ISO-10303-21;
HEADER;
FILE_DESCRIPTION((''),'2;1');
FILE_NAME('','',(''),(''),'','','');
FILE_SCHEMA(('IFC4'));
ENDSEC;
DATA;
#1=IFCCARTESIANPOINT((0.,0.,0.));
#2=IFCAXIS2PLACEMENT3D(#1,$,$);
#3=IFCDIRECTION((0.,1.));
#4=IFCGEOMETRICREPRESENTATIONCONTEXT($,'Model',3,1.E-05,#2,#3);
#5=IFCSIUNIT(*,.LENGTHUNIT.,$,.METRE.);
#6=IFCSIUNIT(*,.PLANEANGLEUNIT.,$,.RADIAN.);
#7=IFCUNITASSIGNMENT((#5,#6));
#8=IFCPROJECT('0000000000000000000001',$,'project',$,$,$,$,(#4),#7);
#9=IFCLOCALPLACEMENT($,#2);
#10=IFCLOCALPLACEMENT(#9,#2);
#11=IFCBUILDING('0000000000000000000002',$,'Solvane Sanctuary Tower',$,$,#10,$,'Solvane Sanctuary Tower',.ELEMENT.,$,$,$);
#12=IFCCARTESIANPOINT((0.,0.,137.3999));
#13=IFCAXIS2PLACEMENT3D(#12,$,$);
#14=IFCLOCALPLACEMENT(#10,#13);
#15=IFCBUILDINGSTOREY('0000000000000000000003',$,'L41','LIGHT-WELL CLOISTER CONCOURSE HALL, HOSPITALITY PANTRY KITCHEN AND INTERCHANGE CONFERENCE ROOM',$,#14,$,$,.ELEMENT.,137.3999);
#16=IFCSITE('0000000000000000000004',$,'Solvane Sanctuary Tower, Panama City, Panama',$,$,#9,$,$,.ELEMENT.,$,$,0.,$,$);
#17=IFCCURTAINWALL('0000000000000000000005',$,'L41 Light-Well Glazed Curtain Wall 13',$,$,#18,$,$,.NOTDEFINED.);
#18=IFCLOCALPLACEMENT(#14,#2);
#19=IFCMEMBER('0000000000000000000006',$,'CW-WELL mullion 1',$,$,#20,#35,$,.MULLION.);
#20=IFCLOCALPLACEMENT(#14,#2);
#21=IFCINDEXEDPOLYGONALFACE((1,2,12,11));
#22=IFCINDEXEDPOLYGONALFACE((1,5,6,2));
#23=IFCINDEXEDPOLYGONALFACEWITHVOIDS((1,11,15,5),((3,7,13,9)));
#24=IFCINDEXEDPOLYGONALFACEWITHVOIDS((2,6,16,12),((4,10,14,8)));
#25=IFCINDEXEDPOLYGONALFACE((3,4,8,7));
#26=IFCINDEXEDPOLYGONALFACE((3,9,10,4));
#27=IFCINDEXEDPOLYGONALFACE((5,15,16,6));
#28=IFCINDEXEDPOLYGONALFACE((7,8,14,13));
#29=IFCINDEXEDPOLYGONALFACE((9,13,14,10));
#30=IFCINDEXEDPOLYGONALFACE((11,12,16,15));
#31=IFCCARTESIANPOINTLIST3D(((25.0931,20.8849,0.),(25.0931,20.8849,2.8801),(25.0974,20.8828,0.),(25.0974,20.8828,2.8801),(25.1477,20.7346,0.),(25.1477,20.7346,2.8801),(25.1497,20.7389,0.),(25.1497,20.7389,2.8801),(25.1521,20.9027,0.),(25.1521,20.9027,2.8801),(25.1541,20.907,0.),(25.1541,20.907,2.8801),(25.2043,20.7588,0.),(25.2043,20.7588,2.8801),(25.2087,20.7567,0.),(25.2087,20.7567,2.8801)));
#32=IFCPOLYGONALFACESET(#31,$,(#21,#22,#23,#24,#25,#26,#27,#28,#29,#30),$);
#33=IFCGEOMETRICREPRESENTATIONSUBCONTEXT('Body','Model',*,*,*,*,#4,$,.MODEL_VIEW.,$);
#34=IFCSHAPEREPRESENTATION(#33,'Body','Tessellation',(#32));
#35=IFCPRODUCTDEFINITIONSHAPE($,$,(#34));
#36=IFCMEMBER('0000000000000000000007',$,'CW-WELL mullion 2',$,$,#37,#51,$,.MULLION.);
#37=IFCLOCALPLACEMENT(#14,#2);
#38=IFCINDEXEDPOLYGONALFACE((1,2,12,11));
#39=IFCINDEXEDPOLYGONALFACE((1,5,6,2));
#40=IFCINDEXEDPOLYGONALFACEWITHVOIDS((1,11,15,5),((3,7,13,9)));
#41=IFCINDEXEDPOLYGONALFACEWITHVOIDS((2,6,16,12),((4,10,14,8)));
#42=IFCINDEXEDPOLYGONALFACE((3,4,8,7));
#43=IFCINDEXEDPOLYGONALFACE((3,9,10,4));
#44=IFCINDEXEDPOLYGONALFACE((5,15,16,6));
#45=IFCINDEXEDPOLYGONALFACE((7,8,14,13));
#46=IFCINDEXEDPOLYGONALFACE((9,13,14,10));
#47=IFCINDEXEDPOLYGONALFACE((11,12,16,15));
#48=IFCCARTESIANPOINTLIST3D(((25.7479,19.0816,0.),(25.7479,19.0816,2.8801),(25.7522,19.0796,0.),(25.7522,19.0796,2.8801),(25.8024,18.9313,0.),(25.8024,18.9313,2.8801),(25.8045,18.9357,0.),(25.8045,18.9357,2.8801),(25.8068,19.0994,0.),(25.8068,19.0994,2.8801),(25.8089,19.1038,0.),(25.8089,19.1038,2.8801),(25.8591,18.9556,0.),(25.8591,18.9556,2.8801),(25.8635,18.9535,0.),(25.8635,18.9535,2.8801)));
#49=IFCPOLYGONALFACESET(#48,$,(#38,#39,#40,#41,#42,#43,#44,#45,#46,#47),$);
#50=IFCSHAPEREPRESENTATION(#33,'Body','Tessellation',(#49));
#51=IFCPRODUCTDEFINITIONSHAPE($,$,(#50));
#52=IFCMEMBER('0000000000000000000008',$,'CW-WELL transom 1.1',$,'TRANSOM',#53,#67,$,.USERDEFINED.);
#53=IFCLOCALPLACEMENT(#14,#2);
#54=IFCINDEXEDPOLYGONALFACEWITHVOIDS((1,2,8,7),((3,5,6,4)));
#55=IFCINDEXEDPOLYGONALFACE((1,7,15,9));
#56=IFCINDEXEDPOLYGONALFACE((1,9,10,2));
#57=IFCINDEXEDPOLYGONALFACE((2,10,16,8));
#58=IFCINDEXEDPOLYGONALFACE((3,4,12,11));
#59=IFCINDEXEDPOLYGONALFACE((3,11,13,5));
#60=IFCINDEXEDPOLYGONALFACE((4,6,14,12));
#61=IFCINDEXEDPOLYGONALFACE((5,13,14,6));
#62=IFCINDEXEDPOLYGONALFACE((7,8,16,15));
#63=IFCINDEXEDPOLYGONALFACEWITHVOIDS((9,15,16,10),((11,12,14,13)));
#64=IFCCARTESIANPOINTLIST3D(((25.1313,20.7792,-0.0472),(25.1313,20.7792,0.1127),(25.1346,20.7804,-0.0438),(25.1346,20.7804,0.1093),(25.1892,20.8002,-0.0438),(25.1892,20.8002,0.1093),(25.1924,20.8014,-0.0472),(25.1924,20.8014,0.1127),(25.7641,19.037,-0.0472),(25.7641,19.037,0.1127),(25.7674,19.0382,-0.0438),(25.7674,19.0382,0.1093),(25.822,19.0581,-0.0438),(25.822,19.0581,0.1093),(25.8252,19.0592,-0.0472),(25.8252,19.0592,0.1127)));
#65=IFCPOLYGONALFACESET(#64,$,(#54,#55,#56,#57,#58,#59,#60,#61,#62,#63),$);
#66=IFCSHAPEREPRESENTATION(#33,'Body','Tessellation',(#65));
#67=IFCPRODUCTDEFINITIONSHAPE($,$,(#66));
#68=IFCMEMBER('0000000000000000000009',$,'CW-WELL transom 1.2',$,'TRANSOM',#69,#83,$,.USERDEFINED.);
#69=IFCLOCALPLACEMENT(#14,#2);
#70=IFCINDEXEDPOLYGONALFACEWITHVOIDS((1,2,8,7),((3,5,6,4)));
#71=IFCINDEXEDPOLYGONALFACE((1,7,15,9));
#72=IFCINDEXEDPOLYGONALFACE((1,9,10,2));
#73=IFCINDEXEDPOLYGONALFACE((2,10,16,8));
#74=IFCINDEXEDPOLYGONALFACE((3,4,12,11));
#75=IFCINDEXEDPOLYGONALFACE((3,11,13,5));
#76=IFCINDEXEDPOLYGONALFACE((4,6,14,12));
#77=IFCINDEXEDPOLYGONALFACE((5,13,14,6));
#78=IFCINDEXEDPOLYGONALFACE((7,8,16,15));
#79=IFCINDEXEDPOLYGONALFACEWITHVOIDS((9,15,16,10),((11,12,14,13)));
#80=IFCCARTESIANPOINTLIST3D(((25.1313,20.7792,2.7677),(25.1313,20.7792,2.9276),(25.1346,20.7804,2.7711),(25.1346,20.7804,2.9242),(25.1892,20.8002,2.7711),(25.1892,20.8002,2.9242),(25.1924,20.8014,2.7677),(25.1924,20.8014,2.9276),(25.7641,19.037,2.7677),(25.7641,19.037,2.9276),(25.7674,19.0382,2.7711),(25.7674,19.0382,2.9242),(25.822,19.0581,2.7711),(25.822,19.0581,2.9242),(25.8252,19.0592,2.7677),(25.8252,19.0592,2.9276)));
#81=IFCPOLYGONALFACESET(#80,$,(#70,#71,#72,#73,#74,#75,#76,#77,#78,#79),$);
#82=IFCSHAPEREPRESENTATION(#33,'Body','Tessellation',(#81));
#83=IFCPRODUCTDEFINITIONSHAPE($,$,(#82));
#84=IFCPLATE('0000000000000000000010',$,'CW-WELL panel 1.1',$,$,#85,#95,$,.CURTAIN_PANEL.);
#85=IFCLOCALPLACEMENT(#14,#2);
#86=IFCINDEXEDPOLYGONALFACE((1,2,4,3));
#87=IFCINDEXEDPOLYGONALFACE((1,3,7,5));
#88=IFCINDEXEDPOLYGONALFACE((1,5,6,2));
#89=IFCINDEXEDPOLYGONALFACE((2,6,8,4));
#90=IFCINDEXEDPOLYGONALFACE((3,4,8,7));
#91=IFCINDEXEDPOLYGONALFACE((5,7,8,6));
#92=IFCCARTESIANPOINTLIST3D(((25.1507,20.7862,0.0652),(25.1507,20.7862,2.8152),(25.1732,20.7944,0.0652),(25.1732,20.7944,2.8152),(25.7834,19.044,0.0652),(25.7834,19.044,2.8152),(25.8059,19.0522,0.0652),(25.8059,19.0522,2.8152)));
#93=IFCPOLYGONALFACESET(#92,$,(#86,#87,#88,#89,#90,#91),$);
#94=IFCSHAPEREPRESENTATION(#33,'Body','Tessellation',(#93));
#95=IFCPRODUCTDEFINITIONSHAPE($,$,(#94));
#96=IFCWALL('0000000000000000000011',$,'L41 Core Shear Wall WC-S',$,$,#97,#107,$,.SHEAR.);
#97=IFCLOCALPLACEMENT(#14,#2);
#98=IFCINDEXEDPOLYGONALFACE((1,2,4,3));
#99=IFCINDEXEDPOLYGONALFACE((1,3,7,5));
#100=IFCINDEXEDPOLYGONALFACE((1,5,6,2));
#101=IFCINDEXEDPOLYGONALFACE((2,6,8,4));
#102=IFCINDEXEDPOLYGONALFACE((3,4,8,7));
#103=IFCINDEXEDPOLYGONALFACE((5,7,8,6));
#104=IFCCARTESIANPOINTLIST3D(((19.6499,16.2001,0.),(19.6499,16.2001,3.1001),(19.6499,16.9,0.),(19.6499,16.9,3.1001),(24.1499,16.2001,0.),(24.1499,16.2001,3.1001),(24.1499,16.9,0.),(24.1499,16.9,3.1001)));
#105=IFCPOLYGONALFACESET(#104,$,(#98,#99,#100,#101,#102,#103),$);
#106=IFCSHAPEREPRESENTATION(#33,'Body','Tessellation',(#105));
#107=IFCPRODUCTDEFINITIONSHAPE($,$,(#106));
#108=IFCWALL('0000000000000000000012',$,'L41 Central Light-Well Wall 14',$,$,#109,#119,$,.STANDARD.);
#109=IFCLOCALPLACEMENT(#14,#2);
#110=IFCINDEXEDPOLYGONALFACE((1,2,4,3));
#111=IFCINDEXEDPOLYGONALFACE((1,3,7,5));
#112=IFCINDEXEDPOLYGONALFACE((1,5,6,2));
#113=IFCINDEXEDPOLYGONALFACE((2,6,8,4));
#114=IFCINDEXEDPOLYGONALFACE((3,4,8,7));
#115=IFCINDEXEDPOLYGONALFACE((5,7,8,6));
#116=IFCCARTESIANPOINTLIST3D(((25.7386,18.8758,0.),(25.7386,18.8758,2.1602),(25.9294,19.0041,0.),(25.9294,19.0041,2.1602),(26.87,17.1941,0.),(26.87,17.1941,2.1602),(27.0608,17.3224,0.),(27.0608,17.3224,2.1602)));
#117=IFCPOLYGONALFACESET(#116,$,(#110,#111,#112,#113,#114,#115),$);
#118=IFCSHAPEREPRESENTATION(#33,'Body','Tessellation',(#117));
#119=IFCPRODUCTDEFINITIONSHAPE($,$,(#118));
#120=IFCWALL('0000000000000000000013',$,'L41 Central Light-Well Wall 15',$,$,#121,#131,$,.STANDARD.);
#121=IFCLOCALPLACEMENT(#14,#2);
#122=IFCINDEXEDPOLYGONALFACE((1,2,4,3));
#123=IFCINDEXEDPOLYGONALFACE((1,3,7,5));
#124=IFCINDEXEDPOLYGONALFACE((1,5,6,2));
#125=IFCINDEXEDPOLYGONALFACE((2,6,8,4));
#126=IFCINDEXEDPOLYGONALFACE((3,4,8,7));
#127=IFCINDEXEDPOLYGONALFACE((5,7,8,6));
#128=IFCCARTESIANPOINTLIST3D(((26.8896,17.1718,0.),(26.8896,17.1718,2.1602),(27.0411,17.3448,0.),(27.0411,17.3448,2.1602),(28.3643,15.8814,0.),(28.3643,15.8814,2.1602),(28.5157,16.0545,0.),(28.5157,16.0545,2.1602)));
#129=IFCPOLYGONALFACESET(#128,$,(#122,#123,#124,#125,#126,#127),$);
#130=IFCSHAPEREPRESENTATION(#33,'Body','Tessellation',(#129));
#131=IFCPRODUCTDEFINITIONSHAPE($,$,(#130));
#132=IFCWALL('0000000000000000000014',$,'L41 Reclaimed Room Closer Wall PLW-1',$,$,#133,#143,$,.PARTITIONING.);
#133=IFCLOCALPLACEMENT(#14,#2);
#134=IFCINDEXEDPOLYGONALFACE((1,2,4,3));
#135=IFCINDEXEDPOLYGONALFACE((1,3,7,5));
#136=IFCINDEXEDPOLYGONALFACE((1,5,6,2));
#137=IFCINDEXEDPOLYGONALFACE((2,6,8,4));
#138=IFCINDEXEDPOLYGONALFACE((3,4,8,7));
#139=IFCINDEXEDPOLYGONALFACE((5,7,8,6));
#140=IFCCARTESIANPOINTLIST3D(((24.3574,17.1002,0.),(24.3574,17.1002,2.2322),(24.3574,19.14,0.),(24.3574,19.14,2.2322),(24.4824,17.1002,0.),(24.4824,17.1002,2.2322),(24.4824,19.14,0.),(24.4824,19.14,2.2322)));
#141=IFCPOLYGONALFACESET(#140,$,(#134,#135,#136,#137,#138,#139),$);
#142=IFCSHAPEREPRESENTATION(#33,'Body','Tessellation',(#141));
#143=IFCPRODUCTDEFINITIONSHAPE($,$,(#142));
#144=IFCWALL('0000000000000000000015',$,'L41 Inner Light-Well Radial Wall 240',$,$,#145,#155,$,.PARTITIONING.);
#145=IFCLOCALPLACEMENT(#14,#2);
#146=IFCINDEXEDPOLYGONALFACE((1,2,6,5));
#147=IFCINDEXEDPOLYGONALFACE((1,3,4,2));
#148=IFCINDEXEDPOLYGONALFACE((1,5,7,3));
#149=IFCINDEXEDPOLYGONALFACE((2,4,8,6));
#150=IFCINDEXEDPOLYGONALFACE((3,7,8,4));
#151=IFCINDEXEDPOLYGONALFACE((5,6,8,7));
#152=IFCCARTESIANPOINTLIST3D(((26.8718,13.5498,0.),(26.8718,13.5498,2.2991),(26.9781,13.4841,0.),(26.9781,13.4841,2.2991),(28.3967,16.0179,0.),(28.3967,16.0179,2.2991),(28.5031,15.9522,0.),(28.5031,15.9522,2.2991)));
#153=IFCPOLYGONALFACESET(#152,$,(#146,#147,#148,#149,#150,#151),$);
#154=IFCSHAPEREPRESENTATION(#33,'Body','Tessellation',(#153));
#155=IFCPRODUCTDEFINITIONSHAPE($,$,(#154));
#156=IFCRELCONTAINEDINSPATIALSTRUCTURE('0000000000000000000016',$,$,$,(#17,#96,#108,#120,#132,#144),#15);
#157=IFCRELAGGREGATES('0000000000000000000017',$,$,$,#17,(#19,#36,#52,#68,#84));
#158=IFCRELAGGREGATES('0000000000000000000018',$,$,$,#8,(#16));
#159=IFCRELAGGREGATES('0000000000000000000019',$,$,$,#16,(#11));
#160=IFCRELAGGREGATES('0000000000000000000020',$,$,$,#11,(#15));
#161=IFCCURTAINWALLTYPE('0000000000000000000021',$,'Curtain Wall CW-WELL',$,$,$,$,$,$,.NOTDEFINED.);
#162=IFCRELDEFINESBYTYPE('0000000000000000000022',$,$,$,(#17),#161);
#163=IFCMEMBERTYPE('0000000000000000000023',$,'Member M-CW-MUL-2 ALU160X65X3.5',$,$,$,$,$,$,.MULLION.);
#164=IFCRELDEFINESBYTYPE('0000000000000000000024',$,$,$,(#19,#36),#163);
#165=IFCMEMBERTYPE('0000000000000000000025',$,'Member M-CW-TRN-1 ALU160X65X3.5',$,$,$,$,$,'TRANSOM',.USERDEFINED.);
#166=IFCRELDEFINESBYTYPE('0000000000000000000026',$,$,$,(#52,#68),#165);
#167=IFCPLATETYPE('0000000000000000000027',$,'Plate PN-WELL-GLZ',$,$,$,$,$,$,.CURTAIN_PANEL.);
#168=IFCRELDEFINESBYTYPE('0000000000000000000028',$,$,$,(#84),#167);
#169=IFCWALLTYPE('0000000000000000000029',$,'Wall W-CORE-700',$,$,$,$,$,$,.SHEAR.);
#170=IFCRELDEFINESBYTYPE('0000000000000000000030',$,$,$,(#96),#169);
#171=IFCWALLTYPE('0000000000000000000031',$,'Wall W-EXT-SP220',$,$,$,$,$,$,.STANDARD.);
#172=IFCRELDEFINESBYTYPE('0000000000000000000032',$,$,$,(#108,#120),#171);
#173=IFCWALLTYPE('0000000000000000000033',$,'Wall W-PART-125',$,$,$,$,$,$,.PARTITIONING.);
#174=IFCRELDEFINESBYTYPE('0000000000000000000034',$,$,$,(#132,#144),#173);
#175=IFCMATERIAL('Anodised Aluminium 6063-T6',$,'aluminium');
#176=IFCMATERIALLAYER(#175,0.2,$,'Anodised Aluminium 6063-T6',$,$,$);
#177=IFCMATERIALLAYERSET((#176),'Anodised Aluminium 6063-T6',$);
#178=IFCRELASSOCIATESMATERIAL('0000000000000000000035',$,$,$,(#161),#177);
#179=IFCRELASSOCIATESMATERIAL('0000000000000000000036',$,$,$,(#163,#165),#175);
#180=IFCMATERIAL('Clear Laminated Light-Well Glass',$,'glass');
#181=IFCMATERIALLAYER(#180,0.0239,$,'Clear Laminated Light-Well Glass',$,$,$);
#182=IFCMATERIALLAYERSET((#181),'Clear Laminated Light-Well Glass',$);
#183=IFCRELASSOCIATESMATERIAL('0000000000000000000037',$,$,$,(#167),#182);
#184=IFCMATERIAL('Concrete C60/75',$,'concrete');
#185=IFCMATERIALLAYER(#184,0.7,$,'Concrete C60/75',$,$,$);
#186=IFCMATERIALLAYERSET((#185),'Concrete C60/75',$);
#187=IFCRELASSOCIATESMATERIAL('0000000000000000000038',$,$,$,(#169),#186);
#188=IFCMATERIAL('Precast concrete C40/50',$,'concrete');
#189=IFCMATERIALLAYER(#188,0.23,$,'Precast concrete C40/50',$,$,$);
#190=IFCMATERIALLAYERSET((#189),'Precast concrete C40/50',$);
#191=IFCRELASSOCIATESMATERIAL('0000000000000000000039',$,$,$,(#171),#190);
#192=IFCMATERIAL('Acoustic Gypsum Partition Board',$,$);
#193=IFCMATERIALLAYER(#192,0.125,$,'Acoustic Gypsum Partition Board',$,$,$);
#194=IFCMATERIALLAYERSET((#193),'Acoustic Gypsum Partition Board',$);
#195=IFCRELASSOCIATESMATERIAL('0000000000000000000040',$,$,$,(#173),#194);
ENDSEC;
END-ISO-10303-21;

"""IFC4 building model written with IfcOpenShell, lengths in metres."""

from ifc_helpers import new_model, si_unit, direction, frame, frame_2d, origin, origin_2d, place, context, subcontext, project, spatial, rectangle, hollow_rectangle, extrude, material, layer, layer_set, material_profile, profile_set, type_object, element, aggregate, save


model = new_model("IFC4")

# Units and contexts
model_context = context("Model", 3, precision=1e-05, world=origin(), true_north=direction((0.0, 1.0)))
body_context = subcontext(model_context, "Body", "Model", "MODEL_VIEW")
ifc_project = project(units=[si_unit("LENGTHUNIT", "METRE"), si_unit("PLANEANGLEUNIT", "RADIAN")], contexts=[model_context])

# Site, building, storey
site_placement = place(None, origin())
site = spatial("IfcSite", under=ifc_project, at=site_placement, Name="Solvane Sanctuary Tower, Panama City, Panama", CompositionType="ELEMENT", RefElevation=0.0)
building_placement = place(site_placement, origin())
building = spatial("IfcBuilding", under=site, at=building_placement, Name="Solvane Sanctuary Tower", LongName="Solvane Sanctuary Tower", CompositionType="ELEMENT")
storey_placement = place(building_placement, frame((0.0, 0.0, 137.3999)))
storey = spatial("IfcBuildingStorey", under=building, at=storey_placement, Name="L41", Description="LIGHT-WELL CLOISTER CONCOURSE HALL, HOSPITALITY PANTRY KITCHEN AND INTERCHANGE CONFERENCE ROOM", CompositionType="ELEMENT", Elevation=137.3999)

# Curtain wall, members, plate
ifc_material_1 = material(Name="Anodised Aluminium 6063-T6", Category="aluminium")
ifc_layer_1 = layer(ifc_material_1, 0.2, Name="Anodised Aluminium 6063-T6")
ifc_layer_set_1 = layer_set([ifc_layer_1], Name="Anodised Aluminium 6063-T6")
curtain_wall_type = type_object("IfcCurtainWallType", Name="Curtain Wall CW-WELL", PredefinedType="NOTDEFINED", material=ifc_layer_set_1)
curtain_wall_placement = place(storey_placement, origin())
curtain_wall = element("IfcCurtainWall", 1, at=curtain_wall_placement, inside=storey, type_object=curtain_wall_type, Name="L41 Light-Well Glazed Curtain Wall 13", PredefinedType="NOTDEFINED")
ifc_material_profile_1 = material_profile(ifc_material_1, hollow_rectangle(XDim=0.0649, YDim=0.1599, WallThickness=0.0034, at=origin_2d()), Name="ALU160X65X3.5")
ifc_profile_set_1 = profile_set([ifc_material_profile_1], Name="Anodised Aluminium 6063-T6")
member_type_1 = type_object("IfcMemberType", Name="Member M-CW-MUL-2 ALU160X65X3.5", PredefinedType="MULLION", material=ifc_profile_set_1)
member_1_placement = place(storey_placement, frame((25.1509, 20.8208, 0.0), z_axis=(0.0, 0.0, 1.0), x_axis=(0.939933, 0.341358, 0.0)))
member_1 = element("IfcMember", 2, at=member_1_placement, type_object=member_type_1, Name="CW-WELL mullion 1", PredefinedType="MULLION", context=body_context, shape_type="SweptSolid", body=[
    extrude(hollow_rectangle(XDim=0.0649, YDim=0.1599, WallThickness=0.0034, at=origin_2d()), origin(), (0.0, 0.0, 1.0), 2.8801),
])
member_2_placement = place(storey_placement, frame((25.8057, 19.0176, 0.0), z_axis=(0.0, 0.0, 1.0), x_axis=(0.939933, 0.341358, 0.0)))
member_2 = element("IfcMember", 3, at=member_2_placement, type_object=member_type_1, Name="CW-WELL mullion 2", PredefinedType="MULLION", context=body_context, shape_type="SweptSolid", body=[
    extrude(hollow_rectangle(XDim=0.0649, YDim=0.1599, WallThickness=0.0034, at=origin_2d()), origin(), (0.0, 0.0, 1.0), 2.8801),
])
ifc_material_profile_2 = material_profile(ifc_material_1, hollow_rectangle(XDim=0.0649, YDim=0.1599, WallThickness=0.0034, at=origin_2d()), Name="ALU160X65X3.5")
ifc_profile_set_2 = profile_set([ifc_material_profile_2], Name="Anodised Aluminium 6063-T6")
member_type_2 = type_object("IfcMemberType", Name="Member M-CW-TRN-1 ALU160X65X3.5", ElementType="TRANSOM", PredefinedType="USERDEFINED", material=ifc_profile_set_2)
member_3_placement = place(storey_placement, frame((25.1619, 20.7903, 0.0327), z_axis=(0.341405, -0.939916, 0.0), x_axis=(0.939916, 0.341405, 0.0)))
member_3 = element("IfcMember", 4, at=member_3_placement, type_object=member_type_2, Name="CW-WELL transom 1.1", ObjectType="TRANSOM", PredefinedType="USERDEFINED", context=body_context, shape_type="SweptSolid", body=[
    extrude(hollow_rectangle(XDim=0.0649, YDim=0.1599, WallThickness=0.0034, at=origin_2d()), origin(), (0.0, 0.0, 1.0), 1.8535),
])
member_4_placement = place(storey_placement, frame((25.1619, 20.7903, 2.8477), z_axis=(0.341405, -0.939916, 0.0), x_axis=(0.939916, 0.341405, 0.0)))
member_4 = element("IfcMember", 5, at=member_4_placement, type_object=member_type_2, Name="CW-WELL transom 1.2", ObjectType="TRANSOM", PredefinedType="USERDEFINED", context=body_context, shape_type="SweptSolid", body=[
    extrude(hollow_rectangle(XDim=0.0649, YDim=0.1599, WallThickness=0.0034, at=origin_2d()), origin(), (0.0, 0.0, 1.0), 1.8535),
])
ifc_material_2 = material(Name="Clear Laminated Light-Well Glass", Category="glass")
ifc_layer_2 = layer(ifc_material_2, 0.0239, Name="Clear Laminated Light-Well Glass")
ifc_layer_set_2 = layer_set([ifc_layer_2], Name="Clear Laminated Light-Well Glass")
plate_type = type_object("IfcPlateType", Name="Plate PN-WELL-GLZ", PredefinedType="CURTAIN_PANEL", material=ifc_layer_set_2)
plate_placement = place(storey_placement, frame((25.4783, 19.9192, 0.0652), z_axis=(0.0, 0.0, 1.0), x_axis=(0.341358, -0.939933, 0.0)))
plate = element("IfcPlate", 6, at=plate_placement, type_object=plate_type, Name="CW-WELL panel 1.1", PredefinedType="CURTAIN_PANEL", context=body_context, shape_type="SweptSolid", body=[
    extrude(rectangle(XDim=1.8535, YDim=0.0239, at=origin_2d()), origin(), (0.0, 0.0, 1.0), 2.75),
])
aggregate(curtain_wall, [member_1, member_2, member_3, member_4, plate])

# Walls
ifc_material_3 = material(Name="Concrete C60/75", Category="concrete")
ifc_layer_3 = layer(ifc_material_3, 0.7, Name="Concrete C60/75")
ifc_layer_set_3 = layer_set([ifc_layer_3], Name="Concrete C60/75")
wall_type_1 = type_object("IfcWallType", Name="Wall W-CORE-700", PredefinedType="SHEAR", material=ifc_layer_set_3)
wall_1_placement = place(storey_placement, frame((19.6499, 16.55, 0.0), z_axis=(0.0, 0.0, 1.0), x_axis=(1.0, 0.0, 0.0)))
element("IfcWall", 7, at=wall_1_placement, inside=storey, type_object=wall_type_1, Name="L41 Core Shear Wall WC-S", PredefinedType="SHEAR", context=body_context, shape_type="SweptSolid", body=[
    extrude(rectangle(XDim=4.5, YDim=0.7, at=frame_2d((2.25, 0.0))), origin(), (0.0, 0.0, 1.0), 3.1001),
])
ifc_material_4 = material(Name="Precast concrete C40/50", Category="concrete")
ifc_layer_4 = layer(ifc_material_4, 0.23, Name="Precast concrete C40/50")
ifc_layer_set_4 = layer_set([ifc_layer_4], Name="Precast concrete C40/50")
wall_type_2 = type_object("IfcWallType", Name="Wall W-EXT-SP220", PredefinedType="STANDARD", material=ifc_layer_set_4)
wall_2_placement = place(storey_placement, frame((25.834, 18.9399, 0.0), z_axis=(0.0, 0.0, 1.0), x_axis=(0.558198, -0.829708, 0.0)))
element("IfcWall", 8, at=wall_2_placement, inside=storey, type_object=wall_type_2, Name="L41 Central Light-Well Wall 14", PredefinedType="STANDARD", context=body_context, shape_type="SweptSolid", body=[
    extrude(rectangle(XDim=2.0269, YDim=0.23, at=frame_2d((1.0134, 0.0))), origin(), (0.0, 0.0, 1.0), 2.1602),
])
wall_3_placement = place(storey_placement, frame((26.9653, 17.2583, 0.0), z_axis=(0.0, 0.0, 1.0), x_axis=(0.752577, -0.658505, 0.0)))
element("IfcWall", 9, at=wall_3_placement, inside=storey, type_object=wall_type_2, Name="L41 Central Light-Well Wall 15", PredefinedType="STANDARD", context=body_context, shape_type="SweptSolid", body=[
    extrude(rectangle(XDim=1.9595, YDim=0.23, at=frame_2d((0.9797, 0.0))), origin(), (0.0, 0.0, 1.0), 2.1602),
])
ifc_material_5 = material(Name="Acoustic Gypsum Partition Board")
ifc_layer_5 = layer(ifc_material_5, 0.125, Name="Acoustic Gypsum Partition Board")
ifc_layer_set_5 = layer_set([ifc_layer_5], Name="Acoustic Gypsum Partition Board")
wall_type_3 = type_object("IfcWallType", Name="Wall W-PART-125", PredefinedType="PARTITIONING", material=ifc_layer_set_5)
wall_4_placement = place(storey_placement, frame((24.4199, 17.1001, 0.0), z_axis=(0.0, 0.0, 1.0), x_axis=(0.0, 1.0, 0.0)))
element("IfcWall", 10, at=wall_4_placement, inside=storey, type_object=wall_type_3, Name="L41 Reclaimed Room Closer Wall PLW-1", PredefinedType="PARTITIONING", context=body_context, shape_type="SweptSolid", body=[
    extrude(rectangle(XDim=2.0398, YDim=0.125, at=frame_2d((1.02, 0.0))), origin(), (0.0, 0.0, 1.0), 2.2322),
])
wall_5_placement = place(storey_placement, frame((28.45, 15.9851, 0.0), z_axis=(0.0, 0.0, 1.0), x_axis=(-0.525627, -0.850715, 0.0)))
element("IfcWall", 11, at=wall_5_placement, inside=storey, type_object=wall_type_3, Name="L41 Inner Light-Well Radial Wall 240", PredefinedType="PARTITIONING", context=body_context, shape_type="SweptSolid", body=[
    extrude(rectangle(XDim=2.9011, YDim=0.125, at=frame_2d((1.4507, 0.0))), origin(), (0.0, 0.0, 1.0), 2.2991),
])

save(model, "model.ifc")
